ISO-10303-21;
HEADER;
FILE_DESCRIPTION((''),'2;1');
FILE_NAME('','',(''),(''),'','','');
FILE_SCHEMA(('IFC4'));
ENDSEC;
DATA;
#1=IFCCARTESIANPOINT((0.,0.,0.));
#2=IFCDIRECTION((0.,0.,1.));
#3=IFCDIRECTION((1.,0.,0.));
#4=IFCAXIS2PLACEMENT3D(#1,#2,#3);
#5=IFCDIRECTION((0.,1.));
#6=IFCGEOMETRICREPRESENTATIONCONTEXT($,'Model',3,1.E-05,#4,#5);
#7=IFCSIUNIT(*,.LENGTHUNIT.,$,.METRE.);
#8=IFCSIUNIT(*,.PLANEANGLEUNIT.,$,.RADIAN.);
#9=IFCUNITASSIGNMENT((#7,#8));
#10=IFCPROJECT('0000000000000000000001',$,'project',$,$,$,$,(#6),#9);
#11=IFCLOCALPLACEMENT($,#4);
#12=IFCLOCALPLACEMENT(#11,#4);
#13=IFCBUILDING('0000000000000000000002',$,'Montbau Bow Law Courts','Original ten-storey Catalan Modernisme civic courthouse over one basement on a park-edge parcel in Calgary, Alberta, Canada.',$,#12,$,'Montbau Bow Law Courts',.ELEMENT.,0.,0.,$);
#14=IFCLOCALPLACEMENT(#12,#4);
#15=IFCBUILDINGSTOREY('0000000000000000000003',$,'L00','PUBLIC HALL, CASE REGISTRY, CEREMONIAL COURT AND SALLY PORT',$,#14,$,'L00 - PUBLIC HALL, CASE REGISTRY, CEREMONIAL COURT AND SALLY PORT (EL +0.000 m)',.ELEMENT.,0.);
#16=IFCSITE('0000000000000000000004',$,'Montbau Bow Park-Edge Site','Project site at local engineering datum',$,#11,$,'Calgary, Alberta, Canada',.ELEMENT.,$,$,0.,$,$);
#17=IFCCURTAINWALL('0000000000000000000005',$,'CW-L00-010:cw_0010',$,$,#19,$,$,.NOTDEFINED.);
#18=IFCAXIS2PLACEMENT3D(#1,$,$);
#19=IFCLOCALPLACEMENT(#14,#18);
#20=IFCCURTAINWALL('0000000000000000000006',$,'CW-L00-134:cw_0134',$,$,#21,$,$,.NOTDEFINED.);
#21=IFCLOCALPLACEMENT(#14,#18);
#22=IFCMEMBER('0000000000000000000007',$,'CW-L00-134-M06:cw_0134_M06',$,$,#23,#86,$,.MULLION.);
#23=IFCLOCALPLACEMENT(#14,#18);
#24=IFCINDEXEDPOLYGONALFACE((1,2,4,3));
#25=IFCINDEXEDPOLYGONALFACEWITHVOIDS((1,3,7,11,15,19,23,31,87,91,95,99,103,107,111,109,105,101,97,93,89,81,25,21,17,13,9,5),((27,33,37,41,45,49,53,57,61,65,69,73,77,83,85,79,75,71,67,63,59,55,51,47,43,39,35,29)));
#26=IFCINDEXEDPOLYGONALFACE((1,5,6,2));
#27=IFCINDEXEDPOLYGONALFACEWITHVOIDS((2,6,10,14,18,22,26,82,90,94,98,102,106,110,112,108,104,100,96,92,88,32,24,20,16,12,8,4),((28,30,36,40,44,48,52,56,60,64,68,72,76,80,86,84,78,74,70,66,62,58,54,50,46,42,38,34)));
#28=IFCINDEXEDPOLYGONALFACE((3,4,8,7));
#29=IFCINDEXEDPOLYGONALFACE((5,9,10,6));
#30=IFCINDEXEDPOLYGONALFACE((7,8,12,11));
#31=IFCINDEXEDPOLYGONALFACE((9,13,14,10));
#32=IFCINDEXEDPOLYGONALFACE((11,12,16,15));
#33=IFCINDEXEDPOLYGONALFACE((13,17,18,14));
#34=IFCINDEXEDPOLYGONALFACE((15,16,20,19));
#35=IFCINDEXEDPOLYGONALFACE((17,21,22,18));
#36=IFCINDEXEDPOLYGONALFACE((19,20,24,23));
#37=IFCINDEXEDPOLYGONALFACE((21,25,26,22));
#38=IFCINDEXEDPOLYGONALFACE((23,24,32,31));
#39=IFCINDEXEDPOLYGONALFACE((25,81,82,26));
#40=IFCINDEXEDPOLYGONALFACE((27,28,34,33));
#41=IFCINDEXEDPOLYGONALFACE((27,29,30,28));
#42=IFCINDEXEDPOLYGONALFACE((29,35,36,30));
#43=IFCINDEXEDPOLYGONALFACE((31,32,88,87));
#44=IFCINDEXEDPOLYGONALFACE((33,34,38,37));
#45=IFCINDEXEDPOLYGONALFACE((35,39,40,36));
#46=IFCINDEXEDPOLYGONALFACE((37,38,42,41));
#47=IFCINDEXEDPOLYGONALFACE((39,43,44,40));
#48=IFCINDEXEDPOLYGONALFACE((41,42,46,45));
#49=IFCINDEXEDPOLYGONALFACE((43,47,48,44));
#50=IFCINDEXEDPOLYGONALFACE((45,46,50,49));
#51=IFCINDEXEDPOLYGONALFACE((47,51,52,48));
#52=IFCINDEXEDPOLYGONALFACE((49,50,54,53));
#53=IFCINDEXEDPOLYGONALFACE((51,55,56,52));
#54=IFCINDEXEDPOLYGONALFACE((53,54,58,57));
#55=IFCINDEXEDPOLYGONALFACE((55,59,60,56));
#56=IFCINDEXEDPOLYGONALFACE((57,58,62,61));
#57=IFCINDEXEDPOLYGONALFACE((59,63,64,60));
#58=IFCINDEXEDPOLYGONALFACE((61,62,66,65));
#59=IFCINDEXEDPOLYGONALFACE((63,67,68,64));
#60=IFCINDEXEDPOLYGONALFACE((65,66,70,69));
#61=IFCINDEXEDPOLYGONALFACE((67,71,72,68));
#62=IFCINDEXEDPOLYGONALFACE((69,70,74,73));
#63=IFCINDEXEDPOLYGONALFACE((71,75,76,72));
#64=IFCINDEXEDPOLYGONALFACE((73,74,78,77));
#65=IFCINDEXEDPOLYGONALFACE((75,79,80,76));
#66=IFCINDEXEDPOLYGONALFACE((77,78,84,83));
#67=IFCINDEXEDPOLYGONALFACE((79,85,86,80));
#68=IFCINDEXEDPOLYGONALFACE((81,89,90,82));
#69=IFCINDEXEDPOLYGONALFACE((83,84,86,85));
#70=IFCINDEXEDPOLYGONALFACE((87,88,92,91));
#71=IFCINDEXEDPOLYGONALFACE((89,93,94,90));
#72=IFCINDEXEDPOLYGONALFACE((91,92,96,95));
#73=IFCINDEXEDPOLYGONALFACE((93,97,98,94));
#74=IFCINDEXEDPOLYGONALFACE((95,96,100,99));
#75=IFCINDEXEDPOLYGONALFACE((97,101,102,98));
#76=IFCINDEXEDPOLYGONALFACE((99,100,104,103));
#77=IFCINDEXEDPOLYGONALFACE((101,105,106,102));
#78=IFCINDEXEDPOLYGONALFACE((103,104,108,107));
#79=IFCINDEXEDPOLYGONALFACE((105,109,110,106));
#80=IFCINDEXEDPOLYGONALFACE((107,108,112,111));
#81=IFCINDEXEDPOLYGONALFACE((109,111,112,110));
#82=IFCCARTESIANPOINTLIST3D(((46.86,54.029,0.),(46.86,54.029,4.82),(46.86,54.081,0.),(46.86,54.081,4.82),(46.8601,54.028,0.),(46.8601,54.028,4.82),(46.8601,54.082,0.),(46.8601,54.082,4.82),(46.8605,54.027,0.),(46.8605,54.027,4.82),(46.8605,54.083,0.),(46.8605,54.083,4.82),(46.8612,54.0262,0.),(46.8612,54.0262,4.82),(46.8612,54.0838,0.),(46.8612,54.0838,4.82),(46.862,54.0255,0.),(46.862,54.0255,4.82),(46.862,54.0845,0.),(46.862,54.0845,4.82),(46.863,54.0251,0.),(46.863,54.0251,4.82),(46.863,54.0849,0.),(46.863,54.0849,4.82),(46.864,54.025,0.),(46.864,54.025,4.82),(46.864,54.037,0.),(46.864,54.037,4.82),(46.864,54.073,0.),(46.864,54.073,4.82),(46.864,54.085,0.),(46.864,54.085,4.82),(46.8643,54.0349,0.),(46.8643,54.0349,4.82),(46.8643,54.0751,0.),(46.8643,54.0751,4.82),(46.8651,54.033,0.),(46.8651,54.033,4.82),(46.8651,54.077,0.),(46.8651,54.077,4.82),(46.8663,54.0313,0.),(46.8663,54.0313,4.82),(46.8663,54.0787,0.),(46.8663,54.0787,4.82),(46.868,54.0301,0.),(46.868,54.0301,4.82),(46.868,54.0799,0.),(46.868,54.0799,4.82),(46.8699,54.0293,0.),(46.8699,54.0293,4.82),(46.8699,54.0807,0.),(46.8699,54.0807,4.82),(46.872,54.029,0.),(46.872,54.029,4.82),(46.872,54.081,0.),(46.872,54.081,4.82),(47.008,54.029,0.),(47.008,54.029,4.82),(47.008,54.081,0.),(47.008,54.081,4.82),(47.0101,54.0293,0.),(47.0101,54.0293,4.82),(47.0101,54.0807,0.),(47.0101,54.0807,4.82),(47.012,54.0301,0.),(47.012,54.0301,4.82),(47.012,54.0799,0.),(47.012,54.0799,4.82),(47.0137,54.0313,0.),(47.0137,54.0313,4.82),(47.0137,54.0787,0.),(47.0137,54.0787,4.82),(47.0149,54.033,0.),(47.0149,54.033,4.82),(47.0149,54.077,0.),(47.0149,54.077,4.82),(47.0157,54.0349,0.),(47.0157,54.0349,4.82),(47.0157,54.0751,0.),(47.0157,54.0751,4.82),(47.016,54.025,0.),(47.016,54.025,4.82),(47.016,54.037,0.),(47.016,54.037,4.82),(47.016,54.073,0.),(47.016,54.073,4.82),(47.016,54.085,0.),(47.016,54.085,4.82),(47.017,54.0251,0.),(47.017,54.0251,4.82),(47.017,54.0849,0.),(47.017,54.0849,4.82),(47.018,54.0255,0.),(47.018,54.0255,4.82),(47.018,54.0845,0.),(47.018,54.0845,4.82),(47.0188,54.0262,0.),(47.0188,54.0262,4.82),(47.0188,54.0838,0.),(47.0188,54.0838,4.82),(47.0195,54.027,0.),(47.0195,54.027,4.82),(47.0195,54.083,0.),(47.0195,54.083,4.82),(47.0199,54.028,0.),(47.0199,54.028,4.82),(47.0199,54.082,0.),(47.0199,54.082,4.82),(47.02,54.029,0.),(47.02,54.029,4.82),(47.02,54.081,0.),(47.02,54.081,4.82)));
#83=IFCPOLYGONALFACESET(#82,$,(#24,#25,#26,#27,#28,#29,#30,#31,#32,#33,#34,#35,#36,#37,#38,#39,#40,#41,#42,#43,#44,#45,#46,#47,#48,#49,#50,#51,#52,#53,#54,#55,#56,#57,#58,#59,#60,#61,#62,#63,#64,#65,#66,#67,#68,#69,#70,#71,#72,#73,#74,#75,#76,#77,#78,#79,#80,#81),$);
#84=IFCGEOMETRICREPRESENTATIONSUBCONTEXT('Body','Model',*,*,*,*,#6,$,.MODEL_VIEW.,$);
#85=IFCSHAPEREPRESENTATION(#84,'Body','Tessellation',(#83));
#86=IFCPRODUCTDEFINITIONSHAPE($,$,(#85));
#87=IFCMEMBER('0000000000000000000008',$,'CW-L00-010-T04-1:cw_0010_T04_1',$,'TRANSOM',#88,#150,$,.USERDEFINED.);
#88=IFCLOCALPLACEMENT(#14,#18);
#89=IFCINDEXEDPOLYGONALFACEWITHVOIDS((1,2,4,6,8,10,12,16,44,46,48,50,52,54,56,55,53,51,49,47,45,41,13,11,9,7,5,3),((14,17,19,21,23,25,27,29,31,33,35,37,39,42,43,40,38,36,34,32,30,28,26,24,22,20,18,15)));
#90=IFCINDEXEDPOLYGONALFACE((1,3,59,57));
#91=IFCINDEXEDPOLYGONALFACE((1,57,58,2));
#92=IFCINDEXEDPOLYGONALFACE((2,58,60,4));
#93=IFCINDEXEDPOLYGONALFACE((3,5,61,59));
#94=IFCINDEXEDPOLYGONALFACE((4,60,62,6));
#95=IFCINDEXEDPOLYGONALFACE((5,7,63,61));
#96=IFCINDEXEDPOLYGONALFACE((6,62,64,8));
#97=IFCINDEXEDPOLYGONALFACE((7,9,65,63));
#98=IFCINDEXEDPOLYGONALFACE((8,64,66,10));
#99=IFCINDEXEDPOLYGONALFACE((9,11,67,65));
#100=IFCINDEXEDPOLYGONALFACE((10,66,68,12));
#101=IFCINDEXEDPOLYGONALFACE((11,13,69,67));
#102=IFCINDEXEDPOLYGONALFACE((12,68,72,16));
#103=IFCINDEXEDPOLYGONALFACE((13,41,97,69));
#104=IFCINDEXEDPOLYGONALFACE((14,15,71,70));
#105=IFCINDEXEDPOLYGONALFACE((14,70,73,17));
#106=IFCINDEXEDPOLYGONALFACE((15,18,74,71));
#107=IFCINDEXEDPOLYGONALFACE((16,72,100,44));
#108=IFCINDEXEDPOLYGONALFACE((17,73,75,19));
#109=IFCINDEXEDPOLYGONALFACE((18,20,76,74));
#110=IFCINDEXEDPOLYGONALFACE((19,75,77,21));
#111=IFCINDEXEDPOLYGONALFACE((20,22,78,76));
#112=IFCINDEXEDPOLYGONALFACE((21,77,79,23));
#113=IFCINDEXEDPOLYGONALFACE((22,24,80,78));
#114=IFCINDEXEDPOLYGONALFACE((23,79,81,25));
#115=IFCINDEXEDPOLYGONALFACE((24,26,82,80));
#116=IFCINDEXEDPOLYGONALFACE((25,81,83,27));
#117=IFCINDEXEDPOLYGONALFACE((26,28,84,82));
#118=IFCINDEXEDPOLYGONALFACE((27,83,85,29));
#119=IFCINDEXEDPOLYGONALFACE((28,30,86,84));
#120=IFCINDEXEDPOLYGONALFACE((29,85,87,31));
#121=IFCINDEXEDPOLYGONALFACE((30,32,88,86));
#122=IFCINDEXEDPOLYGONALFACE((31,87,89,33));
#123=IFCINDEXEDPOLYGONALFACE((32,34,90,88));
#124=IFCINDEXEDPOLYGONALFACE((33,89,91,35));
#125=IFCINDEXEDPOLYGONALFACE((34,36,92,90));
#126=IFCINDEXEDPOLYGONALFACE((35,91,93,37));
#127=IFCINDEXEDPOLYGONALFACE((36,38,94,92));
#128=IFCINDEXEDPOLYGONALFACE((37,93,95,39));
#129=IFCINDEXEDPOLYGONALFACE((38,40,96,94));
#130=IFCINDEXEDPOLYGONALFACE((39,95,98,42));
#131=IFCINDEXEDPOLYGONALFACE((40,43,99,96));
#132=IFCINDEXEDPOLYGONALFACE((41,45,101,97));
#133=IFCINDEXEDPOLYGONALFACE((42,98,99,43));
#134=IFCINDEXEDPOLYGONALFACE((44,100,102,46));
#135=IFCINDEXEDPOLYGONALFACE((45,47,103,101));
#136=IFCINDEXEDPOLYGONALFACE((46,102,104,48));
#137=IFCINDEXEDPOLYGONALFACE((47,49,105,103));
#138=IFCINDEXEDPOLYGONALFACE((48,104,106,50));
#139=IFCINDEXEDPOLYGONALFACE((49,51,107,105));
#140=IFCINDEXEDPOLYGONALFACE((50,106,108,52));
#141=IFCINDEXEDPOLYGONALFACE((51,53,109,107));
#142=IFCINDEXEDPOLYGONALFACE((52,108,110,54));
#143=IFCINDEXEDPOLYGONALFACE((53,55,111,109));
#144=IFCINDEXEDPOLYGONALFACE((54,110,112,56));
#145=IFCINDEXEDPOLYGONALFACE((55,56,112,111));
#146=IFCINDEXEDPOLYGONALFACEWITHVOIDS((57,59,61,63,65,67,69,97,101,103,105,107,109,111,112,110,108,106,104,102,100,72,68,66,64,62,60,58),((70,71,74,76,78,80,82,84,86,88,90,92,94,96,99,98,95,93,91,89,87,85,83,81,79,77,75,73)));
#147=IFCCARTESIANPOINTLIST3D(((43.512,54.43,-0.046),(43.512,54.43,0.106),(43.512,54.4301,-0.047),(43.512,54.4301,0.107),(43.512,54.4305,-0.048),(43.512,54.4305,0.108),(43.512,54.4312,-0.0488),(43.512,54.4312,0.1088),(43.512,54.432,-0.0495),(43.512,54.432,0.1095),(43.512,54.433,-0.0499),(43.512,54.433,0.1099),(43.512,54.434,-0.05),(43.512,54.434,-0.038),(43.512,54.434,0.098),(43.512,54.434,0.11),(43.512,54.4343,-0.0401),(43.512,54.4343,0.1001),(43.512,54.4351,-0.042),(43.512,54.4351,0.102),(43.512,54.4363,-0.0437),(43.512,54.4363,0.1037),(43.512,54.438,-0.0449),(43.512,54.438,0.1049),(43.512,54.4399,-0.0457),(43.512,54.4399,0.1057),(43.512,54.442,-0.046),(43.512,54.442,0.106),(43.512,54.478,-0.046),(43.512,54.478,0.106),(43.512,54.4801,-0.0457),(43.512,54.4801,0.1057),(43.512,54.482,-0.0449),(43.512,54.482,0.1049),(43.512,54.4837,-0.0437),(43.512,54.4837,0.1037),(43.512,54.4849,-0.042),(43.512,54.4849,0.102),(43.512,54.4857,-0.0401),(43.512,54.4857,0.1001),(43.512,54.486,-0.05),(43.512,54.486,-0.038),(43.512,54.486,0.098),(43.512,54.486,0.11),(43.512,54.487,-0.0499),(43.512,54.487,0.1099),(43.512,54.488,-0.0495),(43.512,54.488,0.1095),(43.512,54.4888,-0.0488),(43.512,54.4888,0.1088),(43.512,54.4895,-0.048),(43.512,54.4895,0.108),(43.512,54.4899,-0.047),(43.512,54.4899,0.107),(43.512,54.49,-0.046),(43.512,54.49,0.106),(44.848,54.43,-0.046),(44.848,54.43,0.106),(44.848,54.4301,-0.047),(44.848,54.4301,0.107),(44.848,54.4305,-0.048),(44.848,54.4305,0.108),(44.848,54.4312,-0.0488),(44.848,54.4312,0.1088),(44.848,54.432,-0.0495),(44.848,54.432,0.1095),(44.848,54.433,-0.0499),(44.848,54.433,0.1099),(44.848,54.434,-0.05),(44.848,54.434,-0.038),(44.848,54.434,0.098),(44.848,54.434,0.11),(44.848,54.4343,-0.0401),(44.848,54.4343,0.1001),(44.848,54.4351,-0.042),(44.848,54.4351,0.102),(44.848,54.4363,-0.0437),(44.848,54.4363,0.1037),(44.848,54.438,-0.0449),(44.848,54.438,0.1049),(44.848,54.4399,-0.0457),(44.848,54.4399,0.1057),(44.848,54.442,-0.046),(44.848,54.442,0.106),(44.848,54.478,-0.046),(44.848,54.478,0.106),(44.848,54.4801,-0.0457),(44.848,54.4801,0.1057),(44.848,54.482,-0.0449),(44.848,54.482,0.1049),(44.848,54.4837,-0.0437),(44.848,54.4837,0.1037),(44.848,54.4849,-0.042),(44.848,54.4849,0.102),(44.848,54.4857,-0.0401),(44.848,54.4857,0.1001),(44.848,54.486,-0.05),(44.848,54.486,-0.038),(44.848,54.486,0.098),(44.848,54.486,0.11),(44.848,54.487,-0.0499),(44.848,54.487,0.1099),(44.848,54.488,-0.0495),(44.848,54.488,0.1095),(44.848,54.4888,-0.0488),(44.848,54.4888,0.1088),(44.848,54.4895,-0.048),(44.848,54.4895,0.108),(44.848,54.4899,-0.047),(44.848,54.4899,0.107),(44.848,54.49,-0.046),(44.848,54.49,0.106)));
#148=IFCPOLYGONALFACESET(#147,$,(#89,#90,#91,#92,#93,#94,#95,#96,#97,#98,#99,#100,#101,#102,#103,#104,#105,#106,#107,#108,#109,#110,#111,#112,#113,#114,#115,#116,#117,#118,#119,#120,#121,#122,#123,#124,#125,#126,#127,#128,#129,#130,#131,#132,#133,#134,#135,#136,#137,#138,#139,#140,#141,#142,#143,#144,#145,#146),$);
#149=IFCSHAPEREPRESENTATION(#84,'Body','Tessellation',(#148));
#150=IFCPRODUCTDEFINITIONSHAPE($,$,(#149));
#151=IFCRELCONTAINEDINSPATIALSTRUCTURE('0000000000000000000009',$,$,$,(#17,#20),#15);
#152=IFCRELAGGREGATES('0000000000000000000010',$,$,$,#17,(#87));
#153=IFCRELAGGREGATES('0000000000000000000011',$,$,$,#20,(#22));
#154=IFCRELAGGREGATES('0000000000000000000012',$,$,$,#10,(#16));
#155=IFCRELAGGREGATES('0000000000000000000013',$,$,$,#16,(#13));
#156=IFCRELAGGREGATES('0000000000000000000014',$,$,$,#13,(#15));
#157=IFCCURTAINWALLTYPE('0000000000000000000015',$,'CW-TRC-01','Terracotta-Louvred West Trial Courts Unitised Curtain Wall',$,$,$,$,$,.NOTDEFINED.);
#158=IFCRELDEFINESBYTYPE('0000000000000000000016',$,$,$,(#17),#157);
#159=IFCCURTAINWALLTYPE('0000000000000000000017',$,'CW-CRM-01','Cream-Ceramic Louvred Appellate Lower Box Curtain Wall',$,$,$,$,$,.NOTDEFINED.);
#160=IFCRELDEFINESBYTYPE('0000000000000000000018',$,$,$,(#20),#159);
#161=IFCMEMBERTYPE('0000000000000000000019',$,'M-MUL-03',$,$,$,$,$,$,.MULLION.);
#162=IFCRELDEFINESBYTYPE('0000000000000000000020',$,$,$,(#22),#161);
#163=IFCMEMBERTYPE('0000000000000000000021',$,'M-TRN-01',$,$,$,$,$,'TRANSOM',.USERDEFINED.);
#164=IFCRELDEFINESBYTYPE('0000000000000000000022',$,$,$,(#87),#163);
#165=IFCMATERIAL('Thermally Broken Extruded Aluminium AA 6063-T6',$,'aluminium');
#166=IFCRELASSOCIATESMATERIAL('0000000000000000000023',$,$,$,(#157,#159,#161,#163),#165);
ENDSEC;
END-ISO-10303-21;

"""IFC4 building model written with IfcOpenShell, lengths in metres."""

from ifc_helpers import new_model, si_unit, direction, frame, origin_with_axes, origin_2d_with_axis, place, context, subcontext, project, spatial, hollow_rectangle, extrude, material, material_profile, profile_set, type_object, element, aggregate, save


model = new_model("IFC4")

# Units and contexts
model_context = context("Model", 3, precision=1e-05, world=origin_with_axes(), true_north=direction((0.0, 1.0)))
body_context = subcontext(model_context, "Body", "Model", "MODEL_VIEW")
ifc_project = project(units=[si_unit("LENGTHUNIT", "METRE"), si_unit("PLANEANGLEUNIT", "RADIAN")], contexts=[model_context])

# Site, building, storey
site_placement = place(None, origin_with_axes())
site = spatial("IfcSite", under=ifc_project, at=site_placement, Name="Montbau Bow Park-Edge Site", Description="Project site at local engineering datum", LongName="Calgary, Alberta, Canada", CompositionType="ELEMENT", RefElevation=0.0)
building_placement = place(site_placement, origin_with_axes())
building = spatial("IfcBuilding", under=site, at=building_placement, Name="Montbau Bow Law Courts", Description="Original ten-storey Catalan Modernisme civic courthouse over one basement on a park-edge parcel in Calgary, Alberta, Canada.", LongName="Montbau Bow Law Courts", CompositionType="ELEMENT", ElevationOfRefHeight=0.0, ElevationOfTerrain=0.0)
storey_placement = place(building_placement, origin_with_axes())
storey = spatial("IfcBuildingStorey", under=building, at=storey_placement, Name="L00", Description="PUBLIC HALL, CASE REGISTRY, CEREMONIAL COURT AND SALLY PORT", LongName="L00 - PUBLIC HALL, CASE REGISTRY, CEREMONIAL COURT AND SALLY PORT (EL +0.000 m)", CompositionType="ELEMENT", Elevation=0.0)

# Curtain walls, member
ifc_material_1 = material(Name="Thermally Broken Extruded Aluminium AA 6063-T6", Category="aluminium")
curtain_wall_type_1 = type_object("IfcCurtainWallType", Name="CW-TRC-01", Description="Terracotta-Louvred West Trial Courts Unitised Curtain Wall", PredefinedType="NOTDEFINED", material=ifc_material_1)
curtain_wall_1_placement = place(None, frame((39.268, 54.46, 0.0), z_axis=(0.0, 0.0, 1.0), x_axis=(1.0, 0.0, 0.0)))
curtain_wall_1 = element("IfcCurtainWall", 1, at=curtain_wall_1_placement, inside=storey, type_object=curtain_wall_type_1, Name="CW-L00-010:cw_0010", PredefinedType="NOTDEFINED")
curtain_wall_type_2 = type_object("IfcCurtainWallType", Name="CW-CRM-01", Description="Cream-Ceramic Louvred Appellate Lower Box Curtain Wall", PredefinedType="NOTDEFINED", material=ifc_material_1)
curtain_wall_2_placement = place(None, frame((46.94, 46.715, 0.0), z_axis=(0.0, 0.0, 1.0), x_axis=(1.0, 0.0, 0.0)))
curtain_wall_2 = element("IfcCurtainWall", 2, at=curtain_wall_2_placement, inside=storey, type_object=curtain_wall_type_2, Name="CW-L00-134:cw_0134", PredefinedType="NOTDEFINED")
ifc_material_profile_1 = material_profile(ifc_material_1, hollow_rectangle(XDim=0.06, YDim=0.16, WallThickness=0.004, InnerFilletRadius=0.008, OuterFilletRadius=0.004, at=origin_2d_with_axis()), Name="CWM-160X60", Category="Main", Priority=0)
ifc_profile_set_1 = profile_set([ifc_material_profile_1], Name="Thermally Broken Extruded Aluminium AA 6063-T6")
member_type_1 = type_object("IfcMemberType", Name="M-MUL-03", PredefinedType="MULLION", material=ifc_profile_set_1)
member_1_placement = place(None, frame((46.94, 54.055, 0.0), z_axis=(0.0, 0.0, 1.0), x_axis=(0.0, 1.0, 0.0)))
member_1 = element("IfcMember", 3, at=member_1_placement, type_object=member_type_1, Name="CW-L00-134-M06:cw_0134_M06", PredefinedType="MULLION", context=body_context, shape_type="SweptSolid", body=[
    extrude(hollow_rectangle(XDim=0.06, YDim=0.16, WallThickness=0.004, InnerFilletRadius=0.008, OuterFilletRadius=0.004, at=origin_2d_with_axis()), origin_with_axes(), (0.0, 0.0, 1.0), 4.82),
])

# Member
ifc_material_profile_2 = material_profile(ifc_material_1, hollow_rectangle(XDim=0.06, YDim=0.16, WallThickness=0.004, InnerFilletRadius=0.008, OuterFilletRadius=0.004, at=origin_2d_with_axis()), Name="CWT-160X60", Category="Main", Priority=0)
ifc_profile_set_2 = profile_set([ifc_material_profile_2], Name="Thermally Broken Extruded Aluminium AA 6063-T6")
member_type_2 = type_object("IfcMemberType", Name="M-TRN-01", ElementType="TRANSOM", PredefinedType="USERDEFINED", material=ifc_profile_set_2)
member_2_placement = place(None, frame((43.512, 54.46, 0.03), z_axis=(1.0, 0.0, 0.0), x_axis=(0.0, 1.0, 0.0)))
member_2 = element("IfcMember", 4, at=member_2_placement, type_object=member_type_2, Name="CW-L00-010-T04-1:cw_0010_T04_1", ObjectType="TRANSOM", PredefinedType="USERDEFINED", context=body_context, shape_type="SweptSolid", body=[
    extrude(hollow_rectangle(XDim=0.06, YDim=0.16, WallThickness=0.004, InnerFilletRadius=0.008, OuterFilletRadius=0.004, at=origin_2d_with_axis()), origin_with_axes(), (0.0, 0.0, 1.0), 1.336),
])
aggregate(curtain_wall_1, [member_2])
aggregate(curtain_wall_2, [member_1])

save(model, "model.ifc")
